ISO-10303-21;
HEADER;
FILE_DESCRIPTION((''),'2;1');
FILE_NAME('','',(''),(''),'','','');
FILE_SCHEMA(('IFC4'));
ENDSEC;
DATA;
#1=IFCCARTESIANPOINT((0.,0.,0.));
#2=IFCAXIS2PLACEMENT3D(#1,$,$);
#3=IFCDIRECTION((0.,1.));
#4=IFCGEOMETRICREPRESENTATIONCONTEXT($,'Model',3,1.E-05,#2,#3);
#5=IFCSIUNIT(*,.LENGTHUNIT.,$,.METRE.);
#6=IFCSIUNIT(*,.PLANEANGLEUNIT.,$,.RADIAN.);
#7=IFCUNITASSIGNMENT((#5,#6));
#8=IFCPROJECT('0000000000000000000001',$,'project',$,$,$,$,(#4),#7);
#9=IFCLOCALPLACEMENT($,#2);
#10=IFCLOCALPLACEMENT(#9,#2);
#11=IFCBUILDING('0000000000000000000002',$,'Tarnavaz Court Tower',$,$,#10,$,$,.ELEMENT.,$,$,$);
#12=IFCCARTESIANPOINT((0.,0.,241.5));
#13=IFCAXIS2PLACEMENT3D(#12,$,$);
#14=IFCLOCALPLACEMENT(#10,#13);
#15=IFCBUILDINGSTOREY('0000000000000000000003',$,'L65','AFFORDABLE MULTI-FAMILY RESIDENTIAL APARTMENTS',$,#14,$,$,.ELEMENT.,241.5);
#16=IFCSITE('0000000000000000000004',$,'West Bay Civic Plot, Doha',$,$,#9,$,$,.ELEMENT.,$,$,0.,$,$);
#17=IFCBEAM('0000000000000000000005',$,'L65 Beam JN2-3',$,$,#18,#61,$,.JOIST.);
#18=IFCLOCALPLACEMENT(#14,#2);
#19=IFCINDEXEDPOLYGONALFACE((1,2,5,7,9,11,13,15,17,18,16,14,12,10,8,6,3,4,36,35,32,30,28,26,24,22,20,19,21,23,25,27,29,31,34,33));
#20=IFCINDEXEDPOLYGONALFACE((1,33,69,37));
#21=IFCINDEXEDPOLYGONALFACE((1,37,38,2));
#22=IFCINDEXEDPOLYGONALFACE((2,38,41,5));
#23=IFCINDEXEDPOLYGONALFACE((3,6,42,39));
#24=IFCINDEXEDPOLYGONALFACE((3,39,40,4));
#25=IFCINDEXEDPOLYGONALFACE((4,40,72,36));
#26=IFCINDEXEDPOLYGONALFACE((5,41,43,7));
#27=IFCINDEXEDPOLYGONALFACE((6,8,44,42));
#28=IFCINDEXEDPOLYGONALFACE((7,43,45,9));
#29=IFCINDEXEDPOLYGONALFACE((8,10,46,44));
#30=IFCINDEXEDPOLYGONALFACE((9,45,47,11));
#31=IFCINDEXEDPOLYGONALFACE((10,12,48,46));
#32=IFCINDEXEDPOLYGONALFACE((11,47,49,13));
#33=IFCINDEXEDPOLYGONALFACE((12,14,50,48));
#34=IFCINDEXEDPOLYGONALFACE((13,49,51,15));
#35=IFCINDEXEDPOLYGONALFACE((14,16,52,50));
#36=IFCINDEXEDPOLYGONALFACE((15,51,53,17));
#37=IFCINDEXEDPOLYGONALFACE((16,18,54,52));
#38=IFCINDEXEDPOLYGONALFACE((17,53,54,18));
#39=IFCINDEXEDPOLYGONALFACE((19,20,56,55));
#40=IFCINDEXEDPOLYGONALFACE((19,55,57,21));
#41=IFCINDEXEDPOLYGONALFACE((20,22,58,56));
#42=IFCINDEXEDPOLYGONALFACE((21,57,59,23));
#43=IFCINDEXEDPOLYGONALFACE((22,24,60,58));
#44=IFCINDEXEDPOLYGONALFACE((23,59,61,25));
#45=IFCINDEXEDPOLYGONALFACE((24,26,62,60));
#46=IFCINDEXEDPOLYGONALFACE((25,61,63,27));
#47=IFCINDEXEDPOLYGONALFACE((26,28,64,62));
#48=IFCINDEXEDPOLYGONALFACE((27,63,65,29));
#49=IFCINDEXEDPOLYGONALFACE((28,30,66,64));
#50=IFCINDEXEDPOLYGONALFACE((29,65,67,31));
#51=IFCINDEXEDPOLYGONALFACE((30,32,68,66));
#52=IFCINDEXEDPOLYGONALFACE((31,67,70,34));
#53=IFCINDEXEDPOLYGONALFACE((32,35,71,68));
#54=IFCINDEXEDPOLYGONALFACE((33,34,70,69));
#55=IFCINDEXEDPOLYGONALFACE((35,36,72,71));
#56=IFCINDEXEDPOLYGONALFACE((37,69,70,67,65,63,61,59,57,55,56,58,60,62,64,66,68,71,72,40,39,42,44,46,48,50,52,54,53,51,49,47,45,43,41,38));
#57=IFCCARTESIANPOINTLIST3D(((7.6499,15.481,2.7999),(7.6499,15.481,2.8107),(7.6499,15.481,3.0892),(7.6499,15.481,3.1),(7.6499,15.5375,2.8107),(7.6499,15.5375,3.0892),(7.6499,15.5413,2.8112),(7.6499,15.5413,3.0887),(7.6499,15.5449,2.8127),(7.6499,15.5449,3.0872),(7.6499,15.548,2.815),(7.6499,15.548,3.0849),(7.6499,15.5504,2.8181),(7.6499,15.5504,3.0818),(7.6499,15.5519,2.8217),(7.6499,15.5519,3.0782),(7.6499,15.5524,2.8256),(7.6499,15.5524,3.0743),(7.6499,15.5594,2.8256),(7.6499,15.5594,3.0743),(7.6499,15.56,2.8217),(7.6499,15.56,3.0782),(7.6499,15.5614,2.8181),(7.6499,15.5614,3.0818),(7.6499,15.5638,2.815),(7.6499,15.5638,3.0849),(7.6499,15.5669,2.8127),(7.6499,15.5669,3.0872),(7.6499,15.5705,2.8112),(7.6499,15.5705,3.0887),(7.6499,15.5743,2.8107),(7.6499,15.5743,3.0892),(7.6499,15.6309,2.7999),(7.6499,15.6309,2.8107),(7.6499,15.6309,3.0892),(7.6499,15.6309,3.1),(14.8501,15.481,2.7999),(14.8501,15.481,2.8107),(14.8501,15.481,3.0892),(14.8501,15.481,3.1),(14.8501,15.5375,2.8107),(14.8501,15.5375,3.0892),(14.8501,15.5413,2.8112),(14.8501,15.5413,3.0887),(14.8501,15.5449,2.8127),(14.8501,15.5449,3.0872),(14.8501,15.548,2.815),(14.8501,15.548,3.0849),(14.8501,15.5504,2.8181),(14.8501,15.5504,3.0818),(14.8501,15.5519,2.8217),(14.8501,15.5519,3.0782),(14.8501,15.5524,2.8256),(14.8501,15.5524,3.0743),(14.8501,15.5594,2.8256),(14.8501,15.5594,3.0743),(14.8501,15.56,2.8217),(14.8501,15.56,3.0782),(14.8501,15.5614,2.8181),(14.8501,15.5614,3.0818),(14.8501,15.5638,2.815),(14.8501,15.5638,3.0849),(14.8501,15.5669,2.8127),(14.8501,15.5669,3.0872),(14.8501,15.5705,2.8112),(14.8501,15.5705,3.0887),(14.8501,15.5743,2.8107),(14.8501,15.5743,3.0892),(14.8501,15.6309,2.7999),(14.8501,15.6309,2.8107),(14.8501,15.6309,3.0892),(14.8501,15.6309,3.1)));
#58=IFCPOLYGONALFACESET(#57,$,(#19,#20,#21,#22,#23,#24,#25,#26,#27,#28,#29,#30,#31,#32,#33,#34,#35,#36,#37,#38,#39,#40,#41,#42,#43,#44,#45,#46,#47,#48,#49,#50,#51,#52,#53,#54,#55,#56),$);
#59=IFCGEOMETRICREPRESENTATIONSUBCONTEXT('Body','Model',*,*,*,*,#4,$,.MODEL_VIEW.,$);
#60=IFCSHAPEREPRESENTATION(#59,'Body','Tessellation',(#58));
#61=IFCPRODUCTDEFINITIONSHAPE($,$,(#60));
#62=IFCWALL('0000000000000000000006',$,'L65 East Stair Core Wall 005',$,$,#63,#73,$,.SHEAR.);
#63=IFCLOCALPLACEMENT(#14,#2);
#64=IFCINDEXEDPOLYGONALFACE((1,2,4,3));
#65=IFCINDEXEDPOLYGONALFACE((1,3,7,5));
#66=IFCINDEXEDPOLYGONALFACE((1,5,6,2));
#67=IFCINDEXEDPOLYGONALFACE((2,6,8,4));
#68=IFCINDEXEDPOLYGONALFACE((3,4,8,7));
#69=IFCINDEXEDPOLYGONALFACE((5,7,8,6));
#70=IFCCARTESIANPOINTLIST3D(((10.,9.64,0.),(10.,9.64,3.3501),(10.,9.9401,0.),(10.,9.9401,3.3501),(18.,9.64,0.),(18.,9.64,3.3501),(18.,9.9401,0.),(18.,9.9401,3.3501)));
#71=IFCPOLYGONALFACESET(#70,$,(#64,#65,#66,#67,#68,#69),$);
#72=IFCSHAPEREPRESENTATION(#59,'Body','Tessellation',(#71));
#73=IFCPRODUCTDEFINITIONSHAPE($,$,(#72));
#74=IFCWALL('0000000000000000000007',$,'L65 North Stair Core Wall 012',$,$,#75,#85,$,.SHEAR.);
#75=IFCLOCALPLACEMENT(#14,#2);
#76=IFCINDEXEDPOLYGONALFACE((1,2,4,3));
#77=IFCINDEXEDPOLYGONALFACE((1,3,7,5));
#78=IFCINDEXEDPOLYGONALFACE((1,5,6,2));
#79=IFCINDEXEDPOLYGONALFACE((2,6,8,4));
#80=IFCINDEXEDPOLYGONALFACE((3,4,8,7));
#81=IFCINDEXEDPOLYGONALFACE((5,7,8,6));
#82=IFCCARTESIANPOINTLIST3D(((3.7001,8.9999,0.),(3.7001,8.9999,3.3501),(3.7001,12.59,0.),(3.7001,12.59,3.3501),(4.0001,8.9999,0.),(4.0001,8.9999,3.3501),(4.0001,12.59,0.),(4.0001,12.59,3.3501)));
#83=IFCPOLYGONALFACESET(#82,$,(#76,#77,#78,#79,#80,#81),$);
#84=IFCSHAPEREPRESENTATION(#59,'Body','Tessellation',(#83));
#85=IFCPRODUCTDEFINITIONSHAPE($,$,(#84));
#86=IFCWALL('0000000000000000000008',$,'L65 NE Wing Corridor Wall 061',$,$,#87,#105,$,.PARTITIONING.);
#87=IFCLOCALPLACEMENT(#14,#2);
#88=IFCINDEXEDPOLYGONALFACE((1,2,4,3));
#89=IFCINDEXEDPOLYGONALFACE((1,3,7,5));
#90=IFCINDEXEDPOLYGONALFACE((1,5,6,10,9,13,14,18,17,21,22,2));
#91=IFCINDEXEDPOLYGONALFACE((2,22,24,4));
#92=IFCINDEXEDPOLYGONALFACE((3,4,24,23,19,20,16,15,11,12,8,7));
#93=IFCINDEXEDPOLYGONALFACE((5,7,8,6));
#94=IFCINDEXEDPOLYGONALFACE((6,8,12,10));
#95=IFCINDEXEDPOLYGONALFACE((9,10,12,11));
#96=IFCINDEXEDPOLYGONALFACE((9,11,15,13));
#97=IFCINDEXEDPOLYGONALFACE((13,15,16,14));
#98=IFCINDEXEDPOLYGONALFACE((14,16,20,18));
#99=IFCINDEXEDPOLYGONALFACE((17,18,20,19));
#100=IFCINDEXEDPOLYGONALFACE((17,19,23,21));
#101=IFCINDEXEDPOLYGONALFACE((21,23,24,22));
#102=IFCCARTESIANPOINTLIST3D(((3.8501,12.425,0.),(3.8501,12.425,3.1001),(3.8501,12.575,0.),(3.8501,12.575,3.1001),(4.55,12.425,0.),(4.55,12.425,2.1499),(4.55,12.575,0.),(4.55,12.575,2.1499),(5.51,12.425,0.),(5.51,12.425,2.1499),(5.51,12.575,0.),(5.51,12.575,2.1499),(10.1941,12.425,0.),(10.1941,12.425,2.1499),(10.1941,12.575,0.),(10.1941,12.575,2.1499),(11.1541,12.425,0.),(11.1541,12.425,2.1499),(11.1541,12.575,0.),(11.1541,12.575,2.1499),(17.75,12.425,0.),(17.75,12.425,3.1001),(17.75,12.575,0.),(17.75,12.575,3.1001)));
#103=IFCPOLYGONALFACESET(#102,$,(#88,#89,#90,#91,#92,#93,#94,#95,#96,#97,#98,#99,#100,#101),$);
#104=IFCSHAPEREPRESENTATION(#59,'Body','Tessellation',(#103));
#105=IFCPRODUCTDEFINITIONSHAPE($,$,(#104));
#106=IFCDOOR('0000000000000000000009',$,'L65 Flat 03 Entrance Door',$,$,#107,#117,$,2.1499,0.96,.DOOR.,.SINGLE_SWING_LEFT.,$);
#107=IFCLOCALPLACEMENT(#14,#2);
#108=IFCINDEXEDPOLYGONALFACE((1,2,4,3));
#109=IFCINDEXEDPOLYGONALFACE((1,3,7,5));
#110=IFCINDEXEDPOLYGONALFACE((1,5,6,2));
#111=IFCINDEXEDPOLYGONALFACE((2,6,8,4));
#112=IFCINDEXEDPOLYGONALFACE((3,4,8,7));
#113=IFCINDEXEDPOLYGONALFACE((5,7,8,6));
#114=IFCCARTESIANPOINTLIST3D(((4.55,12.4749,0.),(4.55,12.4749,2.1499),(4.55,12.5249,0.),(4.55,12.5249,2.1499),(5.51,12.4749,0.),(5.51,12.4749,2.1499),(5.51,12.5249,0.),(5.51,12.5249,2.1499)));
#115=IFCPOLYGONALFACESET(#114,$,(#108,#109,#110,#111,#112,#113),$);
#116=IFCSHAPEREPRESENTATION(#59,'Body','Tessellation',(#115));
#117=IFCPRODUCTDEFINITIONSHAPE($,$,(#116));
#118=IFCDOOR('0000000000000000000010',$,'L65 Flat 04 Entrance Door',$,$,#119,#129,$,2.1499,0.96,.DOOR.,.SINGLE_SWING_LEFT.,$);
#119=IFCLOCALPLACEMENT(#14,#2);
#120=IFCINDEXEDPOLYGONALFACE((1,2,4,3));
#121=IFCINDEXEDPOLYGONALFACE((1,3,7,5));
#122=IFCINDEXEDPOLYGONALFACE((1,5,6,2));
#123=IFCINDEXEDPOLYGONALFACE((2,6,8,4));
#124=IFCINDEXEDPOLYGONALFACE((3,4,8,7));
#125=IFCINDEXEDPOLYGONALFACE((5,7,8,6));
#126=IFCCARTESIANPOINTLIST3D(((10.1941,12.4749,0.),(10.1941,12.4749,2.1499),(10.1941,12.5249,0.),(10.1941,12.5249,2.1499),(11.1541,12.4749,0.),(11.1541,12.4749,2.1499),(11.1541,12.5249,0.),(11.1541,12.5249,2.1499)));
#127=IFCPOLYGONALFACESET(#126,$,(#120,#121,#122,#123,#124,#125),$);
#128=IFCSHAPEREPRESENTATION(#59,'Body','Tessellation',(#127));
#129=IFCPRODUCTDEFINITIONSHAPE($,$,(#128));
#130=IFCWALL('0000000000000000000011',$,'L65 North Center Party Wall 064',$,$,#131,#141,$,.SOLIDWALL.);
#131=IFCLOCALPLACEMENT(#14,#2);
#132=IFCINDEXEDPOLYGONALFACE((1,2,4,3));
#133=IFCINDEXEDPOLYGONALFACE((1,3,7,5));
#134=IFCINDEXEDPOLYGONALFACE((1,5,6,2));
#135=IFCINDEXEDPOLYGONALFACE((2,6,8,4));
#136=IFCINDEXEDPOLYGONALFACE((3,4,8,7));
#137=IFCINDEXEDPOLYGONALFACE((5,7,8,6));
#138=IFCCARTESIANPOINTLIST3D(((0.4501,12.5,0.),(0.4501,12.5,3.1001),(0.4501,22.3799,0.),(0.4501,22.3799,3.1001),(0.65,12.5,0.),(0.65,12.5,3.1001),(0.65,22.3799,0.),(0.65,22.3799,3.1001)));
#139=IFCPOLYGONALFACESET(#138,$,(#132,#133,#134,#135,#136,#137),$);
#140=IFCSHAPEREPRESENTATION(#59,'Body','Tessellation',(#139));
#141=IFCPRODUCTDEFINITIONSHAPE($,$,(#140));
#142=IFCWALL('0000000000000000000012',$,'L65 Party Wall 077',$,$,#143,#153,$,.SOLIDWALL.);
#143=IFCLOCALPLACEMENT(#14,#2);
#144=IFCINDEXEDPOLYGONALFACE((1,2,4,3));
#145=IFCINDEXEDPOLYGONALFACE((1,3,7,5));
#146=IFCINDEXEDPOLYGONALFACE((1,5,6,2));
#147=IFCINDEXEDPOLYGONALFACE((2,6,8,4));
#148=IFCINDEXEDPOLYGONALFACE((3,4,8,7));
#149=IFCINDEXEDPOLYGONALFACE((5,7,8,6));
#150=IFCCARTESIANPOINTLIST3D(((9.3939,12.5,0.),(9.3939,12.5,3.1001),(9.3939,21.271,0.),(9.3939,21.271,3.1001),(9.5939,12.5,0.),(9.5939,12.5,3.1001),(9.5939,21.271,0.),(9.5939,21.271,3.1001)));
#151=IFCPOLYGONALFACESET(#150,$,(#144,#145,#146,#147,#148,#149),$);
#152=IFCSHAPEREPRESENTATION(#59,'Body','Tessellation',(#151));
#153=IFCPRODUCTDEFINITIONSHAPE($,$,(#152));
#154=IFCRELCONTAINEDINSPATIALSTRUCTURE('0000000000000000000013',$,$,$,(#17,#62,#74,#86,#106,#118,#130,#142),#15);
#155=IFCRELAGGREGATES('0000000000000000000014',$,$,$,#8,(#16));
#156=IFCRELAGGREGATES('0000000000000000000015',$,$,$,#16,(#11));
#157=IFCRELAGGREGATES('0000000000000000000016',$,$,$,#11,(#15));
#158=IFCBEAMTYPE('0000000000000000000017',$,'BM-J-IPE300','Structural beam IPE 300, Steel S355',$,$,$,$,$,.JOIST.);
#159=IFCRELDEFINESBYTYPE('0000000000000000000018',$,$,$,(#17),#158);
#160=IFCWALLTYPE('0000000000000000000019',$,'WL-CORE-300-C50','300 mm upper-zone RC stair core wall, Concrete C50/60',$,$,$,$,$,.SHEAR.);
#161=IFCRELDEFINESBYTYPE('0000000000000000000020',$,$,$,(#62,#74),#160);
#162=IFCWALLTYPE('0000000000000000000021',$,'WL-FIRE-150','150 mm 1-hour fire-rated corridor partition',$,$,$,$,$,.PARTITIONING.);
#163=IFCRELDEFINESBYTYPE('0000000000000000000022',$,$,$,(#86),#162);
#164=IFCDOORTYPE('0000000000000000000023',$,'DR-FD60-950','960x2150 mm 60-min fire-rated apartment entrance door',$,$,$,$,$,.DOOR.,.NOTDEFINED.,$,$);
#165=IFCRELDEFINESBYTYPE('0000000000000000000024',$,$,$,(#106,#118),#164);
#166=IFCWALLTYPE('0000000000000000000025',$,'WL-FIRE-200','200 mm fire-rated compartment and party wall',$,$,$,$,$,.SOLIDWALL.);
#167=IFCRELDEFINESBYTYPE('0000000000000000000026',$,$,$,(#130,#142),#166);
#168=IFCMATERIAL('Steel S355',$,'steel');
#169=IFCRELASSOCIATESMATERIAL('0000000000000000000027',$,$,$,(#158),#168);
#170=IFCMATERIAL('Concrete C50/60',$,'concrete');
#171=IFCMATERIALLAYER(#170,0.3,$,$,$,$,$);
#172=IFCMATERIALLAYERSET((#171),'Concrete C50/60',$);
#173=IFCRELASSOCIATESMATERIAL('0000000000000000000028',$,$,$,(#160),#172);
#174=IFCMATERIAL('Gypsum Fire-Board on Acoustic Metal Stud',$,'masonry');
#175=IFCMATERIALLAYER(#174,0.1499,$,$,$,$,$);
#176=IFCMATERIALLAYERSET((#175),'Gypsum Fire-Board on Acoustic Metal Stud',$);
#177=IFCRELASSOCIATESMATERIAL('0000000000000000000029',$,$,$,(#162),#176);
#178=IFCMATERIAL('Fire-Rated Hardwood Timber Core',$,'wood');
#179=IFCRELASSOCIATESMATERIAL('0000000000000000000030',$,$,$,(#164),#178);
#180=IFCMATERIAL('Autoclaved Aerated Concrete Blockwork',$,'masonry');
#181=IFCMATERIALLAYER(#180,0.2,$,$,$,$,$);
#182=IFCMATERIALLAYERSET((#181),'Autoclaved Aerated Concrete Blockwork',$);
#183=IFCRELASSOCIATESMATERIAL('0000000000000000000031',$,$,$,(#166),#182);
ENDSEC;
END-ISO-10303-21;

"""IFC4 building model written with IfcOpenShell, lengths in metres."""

from ifc_helpers import new_model, si_unit, direction, frame, frame_2d, origin, origin_2d, place, context, subcontext, project, spatial, rectangle, i_section, extrude, material, layer, layer_set, material_profile, profile_set, type_object, element, fill, save


model = new_model("IFC4")

# Units and contexts
model_context = context("Model", 3, precision=1e-05, world=origin(), true_north=direction((0.0, 1.0)))
body_context = subcontext(model_context, "Body", "Model", "MODEL_VIEW")
ifc_project = project(units=[si_unit("LENGTHUNIT", "METRE"), si_unit("PLANEANGLEUNIT", "RADIAN")], contexts=[model_context])

# Site, building, storey
site_placement = place(None, origin())
site = spatial("IfcSite", under=ifc_project, at=site_placement, Name="West Bay Civic Plot, Doha", CompositionType="ELEMENT", RefElevation=0.0)
building_placement = place(site_placement, origin())
building = spatial("IfcBuilding", under=site, at=building_placement, Name="Tarnavaz Court Tower", CompositionType="ELEMENT")
storey_placement = place(building_placement, frame((0.0, 0.0, 241.5)))
storey = spatial("IfcBuildingStorey", under=building, at=storey_placement, Name="L65", Description="AFFORDABLE MULTI-FAMILY RESIDENTIAL APARTMENTS", CompositionType="ELEMENT", Elevation=241.5)

# Shared definitions
ifc_material_1 = material(Name="Concrete C50/60", Category="concrete")

# Beam
ifc_material_2 = material(Name="Steel S355", Category="steel")
ifc_material_profile_1 = material_profile(ifc_material_2, i_section(OverallWidth=0.1499, OverallDepth=0.3, WebThickness=0.0071, FlangeThickness=0.0107, FilletRadius=0.0149, at=origin_2d()), Name="IPE 300")
ifc_profile_set_1 = profile_set([ifc_material_profile_1], Name="Steel S355")
beam_type_1 = type_object("IfcBeamType", Name="BM-J-IPE300", Description="Structural beam IPE 300, Steel S355", PredefinedType="JOIST", material=ifc_profile_set_1)
for number, where, z_axis, x_axis, name in (
    (1, (7.6499, 15.5559, 2.95), (1.0, 0.0, 0.0), (0.0, 1.0, 0.0), "L65 Beam JN2-3"),
):
    element("IfcBeam", number, at=place(storey_placement, frame(where, z_axis=z_axis, x_axis=x_axis)), inside=storey, type_object=beam_type_1, Name=name, PredefinedType="JOIST", context=body_context, shape_type="SweptSolid", body=[
        extrude(i_section(OverallWidth=0.1499, OverallDepth=0.3, WebThickness=0.0071, FlangeThickness=0.0107, FilletRadius=0.0149, at=origin_2d()), origin(), (0.0, 0.0, 1.0), 7.2002),
    ])

# Wall
ifc_layer_1 = layer(ifc_material_1, 0.3)
ifc_layer_set_1 = layer_set([ifc_layer_1], Name="Concrete C50/60")
wall_type_1 = type_object("IfcWallType", Name="WL-CORE-300-C50", Description="300 mm upper-zone RC stair core wall, Concrete C50/60", PredefinedType="SHEAR", material=ifc_layer_set_1)
wall_1_placement = place(storey_placement, frame((10.0, 9.79, 0.0), z_axis=(0.0, 0.0, 1.0), x_axis=(1.0, 0.0, 0.0)))
element("IfcWall", 2, at=wall_1_placement, inside=storey, type_object=wall_type_1, Name="L65 East Stair Core Wall 005", PredefinedType="SHEAR", context=body_context, shape_type="SweptSolid", body=[
    extrude(rectangle(XDim=8.0, YDim=0.3, at=frame_2d((4.0, 0.0))), origin(), (0.0, 0.0, 1.0), 3.3501),
])

# Shared definitions
ifc_material_3 = material(Name="Fire-Rated Hardwood Timber Core", Category="wood")

# Wall
wall_2_placement = place(storey_placement, frame((3.8501, 9.0, 0.0), z_axis=(0.0, 0.0, 1.0), x_axis=(0.0, 1.0, 0.0)))
element("IfcWall", 3, at=wall_2_placement, inside=storey, type_object=wall_type_1, Name="L65 North Stair Core Wall 012", PredefinedType="SHEAR", context=body_context, shape_type="SweptSolid", body=[
    extrude(rectangle(XDim=3.5901, YDim=0.3, at=frame_2d((1.7949, 0.0))), origin(), (0.0, 0.0, 1.0), 3.3501),
])

# Wall, openings, doors
ifc_material_4 = material(Name="Gypsum Fire-Board on Acoustic Metal Stud", Category="masonry")
ifc_layer_2 = layer(ifc_material_4, 0.1499)
ifc_layer_set_2 = layer_set([ifc_layer_2], Name="Gypsum Fire-Board on Acoustic Metal Stud")
wall_type_2 = type_object("IfcWallType", Name="WL-FIRE-150", Description="150 mm 1-hour fire-rated corridor partition", PredefinedType="PARTITIONING", material=ifc_layer_set_2)
wall_3_placement = place(storey_placement, frame((3.8501, 12.5, 0.0), z_axis=(0.0, 0.0, 1.0), x_axis=(1.0, 0.0, 0.0)))
wall_3 = element("IfcWall", 4, at=wall_3_placement, inside=storey, type_object=wall_type_2, Name="L65 NE Wing Corridor Wall 061", PredefinedType="PARTITIONING", context=body_context, shape_type="SweptSolid", body=[
    extrude(rectangle(XDim=13.8999, YDim=0.1499, at=frame_2d((6.95, 0.0))), origin(), (0.0, 0.0, 1.0), 3.1001),
])
opening_1_placement = place(wall_3_placement, frame((0.7, 0.0, 0.0)))
opening_1 = element("IfcOpeningElement", 5, at=opening_1_placement, cuts=wall_3, PredefinedType="OPENING", context=body_context, shape_type="SweptSolid", body=[
    extrude(rectangle(XDim=0.96, YDim=2.1499, at=frame_2d((0.48, 1.075))), frame((0.0, 0.085, 0.0), z_axis=(0.0, -1.0, 0.0), x_axis=(1.0, 0.0, 0.0)), (0.0, 0.0, 1.0), 0.1699),
])
opening_2_placement = place(wall_3_placement, frame((6.344, 0.0, 0.0)))
opening_2 = element("IfcOpeningElement", 6, at=opening_2_placement, cuts=wall_3, PredefinedType="OPENING", context=body_context, shape_type="SweptSolid", body=[
    extrude(rectangle(XDim=0.96, YDim=2.1499, at=frame_2d((0.48, 1.075))), frame((0.0, 0.085, 0.0), z_axis=(0.0, -1.0, 0.0), x_axis=(1.0, 0.0, 0.0)), (0.0, 0.0, 1.0), 0.1699),
])
door_type_1 = type_object("IfcDoorType", Name="DR-FD60-950", Description="960x2150 mm 60-min fire-rated apartment entrance door", OperationType="NOTDEFINED", PredefinedType="DOOR", material=ifc_material_3)
door_1_placement = place(opening_1_placement, origin())
door_1 = element("IfcDoor", 7, at=door_1_placement, inside=storey, type_object=door_type_1, Name="L65 Flat 03 Entrance Door", OperationType="SINGLE_SWING_LEFT", OverallHeight=2.1499, OverallWidth=0.96, PredefinedType="DOOR", context=body_context, shape_type="SweptSolid", body=[
    extrude(rectangle(XDim=0.96, YDim=2.1499, at=frame_2d((0.48, 1.075))), frame((0.0, 0.0249, 0.0), z_axis=(0.0, -1.0, 0.0), x_axis=(1.0, 0.0, 0.0)), (0.0, 0.0, 1.0), 0.05),
])
fill(opening_1, door_1)
door_2_placement = place(opening_2_placement, origin())
door_2 = element("IfcDoor", 8, at=door_2_placement, inside=storey, type_object=door_type_1, Name="L65 Flat 04 Entrance Door", OperationType="SINGLE_SWING_LEFT", OverallHeight=2.1499, OverallWidth=0.96, PredefinedType="DOOR", context=body_context, shape_type="SweptSolid", body=[
    extrude(rectangle(XDim=0.96, YDim=2.1499, at=frame_2d((0.48, 1.075))), frame((0.0, 0.0249, 0.0), z_axis=(0.0, -1.0, 0.0), x_axis=(1.0, 0.0, 0.0)), (0.0, 0.0, 1.0), 0.05),
])
fill(opening_2, door_2)

# Walls
ifc_material_5 = material(Name="Autoclaved Aerated Concrete Blockwork", Category="masonry")
ifc_layer_3 = layer(ifc_material_5, 0.2)
ifc_layer_set_3 = layer_set([ifc_layer_3], Name="Autoclaved Aerated Concrete Blockwork")
wall_type_3 = type_object("IfcWallType", Name="WL-FIRE-200", Description="200 mm fire-rated compartment and party wall", PredefinedType="SOLIDWALL", material=ifc_layer_set_3)
wall_4_placement = place(storey_placement, frame((0.55, 12.5, 0.0), z_axis=(0.0, 0.0, 1.0), x_axis=(0.0, 1.0, 0.0)))
element("IfcWall", 9, at=wall_4_placement, inside=storey, type_object=wall_type_3, Name="L65 North Center Party Wall 064", PredefinedType="SOLIDWALL", context=body_context, shape_type="SweptSolid", body=[
    extrude(rectangle(XDim=9.8799, YDim=0.2, at=frame_2d((4.9399, 0.0))), origin(), (0.0, 0.0, 1.0), 3.1001),
])
wall_5_placement = place(storey_placement, frame((9.4939, 12.5, 0.0), z_axis=(0.0, 0.0, 1.0), x_axis=(0.0, 1.0, 0.0)))
element("IfcWall", 10, at=wall_5_placement, inside=storey, type_object=wall_type_3, Name="L65 Party Wall 077", PredefinedType="SOLIDWALL", context=body_context, shape_type="SweptSolid", body=[
    extrude(rectangle(XDim=8.771, YDim=0.2, at=frame_2d((4.3855, 0.0))), origin(), (0.0, 0.0, 1.0), 3.1001),
])

save(model, "model.ifc")
